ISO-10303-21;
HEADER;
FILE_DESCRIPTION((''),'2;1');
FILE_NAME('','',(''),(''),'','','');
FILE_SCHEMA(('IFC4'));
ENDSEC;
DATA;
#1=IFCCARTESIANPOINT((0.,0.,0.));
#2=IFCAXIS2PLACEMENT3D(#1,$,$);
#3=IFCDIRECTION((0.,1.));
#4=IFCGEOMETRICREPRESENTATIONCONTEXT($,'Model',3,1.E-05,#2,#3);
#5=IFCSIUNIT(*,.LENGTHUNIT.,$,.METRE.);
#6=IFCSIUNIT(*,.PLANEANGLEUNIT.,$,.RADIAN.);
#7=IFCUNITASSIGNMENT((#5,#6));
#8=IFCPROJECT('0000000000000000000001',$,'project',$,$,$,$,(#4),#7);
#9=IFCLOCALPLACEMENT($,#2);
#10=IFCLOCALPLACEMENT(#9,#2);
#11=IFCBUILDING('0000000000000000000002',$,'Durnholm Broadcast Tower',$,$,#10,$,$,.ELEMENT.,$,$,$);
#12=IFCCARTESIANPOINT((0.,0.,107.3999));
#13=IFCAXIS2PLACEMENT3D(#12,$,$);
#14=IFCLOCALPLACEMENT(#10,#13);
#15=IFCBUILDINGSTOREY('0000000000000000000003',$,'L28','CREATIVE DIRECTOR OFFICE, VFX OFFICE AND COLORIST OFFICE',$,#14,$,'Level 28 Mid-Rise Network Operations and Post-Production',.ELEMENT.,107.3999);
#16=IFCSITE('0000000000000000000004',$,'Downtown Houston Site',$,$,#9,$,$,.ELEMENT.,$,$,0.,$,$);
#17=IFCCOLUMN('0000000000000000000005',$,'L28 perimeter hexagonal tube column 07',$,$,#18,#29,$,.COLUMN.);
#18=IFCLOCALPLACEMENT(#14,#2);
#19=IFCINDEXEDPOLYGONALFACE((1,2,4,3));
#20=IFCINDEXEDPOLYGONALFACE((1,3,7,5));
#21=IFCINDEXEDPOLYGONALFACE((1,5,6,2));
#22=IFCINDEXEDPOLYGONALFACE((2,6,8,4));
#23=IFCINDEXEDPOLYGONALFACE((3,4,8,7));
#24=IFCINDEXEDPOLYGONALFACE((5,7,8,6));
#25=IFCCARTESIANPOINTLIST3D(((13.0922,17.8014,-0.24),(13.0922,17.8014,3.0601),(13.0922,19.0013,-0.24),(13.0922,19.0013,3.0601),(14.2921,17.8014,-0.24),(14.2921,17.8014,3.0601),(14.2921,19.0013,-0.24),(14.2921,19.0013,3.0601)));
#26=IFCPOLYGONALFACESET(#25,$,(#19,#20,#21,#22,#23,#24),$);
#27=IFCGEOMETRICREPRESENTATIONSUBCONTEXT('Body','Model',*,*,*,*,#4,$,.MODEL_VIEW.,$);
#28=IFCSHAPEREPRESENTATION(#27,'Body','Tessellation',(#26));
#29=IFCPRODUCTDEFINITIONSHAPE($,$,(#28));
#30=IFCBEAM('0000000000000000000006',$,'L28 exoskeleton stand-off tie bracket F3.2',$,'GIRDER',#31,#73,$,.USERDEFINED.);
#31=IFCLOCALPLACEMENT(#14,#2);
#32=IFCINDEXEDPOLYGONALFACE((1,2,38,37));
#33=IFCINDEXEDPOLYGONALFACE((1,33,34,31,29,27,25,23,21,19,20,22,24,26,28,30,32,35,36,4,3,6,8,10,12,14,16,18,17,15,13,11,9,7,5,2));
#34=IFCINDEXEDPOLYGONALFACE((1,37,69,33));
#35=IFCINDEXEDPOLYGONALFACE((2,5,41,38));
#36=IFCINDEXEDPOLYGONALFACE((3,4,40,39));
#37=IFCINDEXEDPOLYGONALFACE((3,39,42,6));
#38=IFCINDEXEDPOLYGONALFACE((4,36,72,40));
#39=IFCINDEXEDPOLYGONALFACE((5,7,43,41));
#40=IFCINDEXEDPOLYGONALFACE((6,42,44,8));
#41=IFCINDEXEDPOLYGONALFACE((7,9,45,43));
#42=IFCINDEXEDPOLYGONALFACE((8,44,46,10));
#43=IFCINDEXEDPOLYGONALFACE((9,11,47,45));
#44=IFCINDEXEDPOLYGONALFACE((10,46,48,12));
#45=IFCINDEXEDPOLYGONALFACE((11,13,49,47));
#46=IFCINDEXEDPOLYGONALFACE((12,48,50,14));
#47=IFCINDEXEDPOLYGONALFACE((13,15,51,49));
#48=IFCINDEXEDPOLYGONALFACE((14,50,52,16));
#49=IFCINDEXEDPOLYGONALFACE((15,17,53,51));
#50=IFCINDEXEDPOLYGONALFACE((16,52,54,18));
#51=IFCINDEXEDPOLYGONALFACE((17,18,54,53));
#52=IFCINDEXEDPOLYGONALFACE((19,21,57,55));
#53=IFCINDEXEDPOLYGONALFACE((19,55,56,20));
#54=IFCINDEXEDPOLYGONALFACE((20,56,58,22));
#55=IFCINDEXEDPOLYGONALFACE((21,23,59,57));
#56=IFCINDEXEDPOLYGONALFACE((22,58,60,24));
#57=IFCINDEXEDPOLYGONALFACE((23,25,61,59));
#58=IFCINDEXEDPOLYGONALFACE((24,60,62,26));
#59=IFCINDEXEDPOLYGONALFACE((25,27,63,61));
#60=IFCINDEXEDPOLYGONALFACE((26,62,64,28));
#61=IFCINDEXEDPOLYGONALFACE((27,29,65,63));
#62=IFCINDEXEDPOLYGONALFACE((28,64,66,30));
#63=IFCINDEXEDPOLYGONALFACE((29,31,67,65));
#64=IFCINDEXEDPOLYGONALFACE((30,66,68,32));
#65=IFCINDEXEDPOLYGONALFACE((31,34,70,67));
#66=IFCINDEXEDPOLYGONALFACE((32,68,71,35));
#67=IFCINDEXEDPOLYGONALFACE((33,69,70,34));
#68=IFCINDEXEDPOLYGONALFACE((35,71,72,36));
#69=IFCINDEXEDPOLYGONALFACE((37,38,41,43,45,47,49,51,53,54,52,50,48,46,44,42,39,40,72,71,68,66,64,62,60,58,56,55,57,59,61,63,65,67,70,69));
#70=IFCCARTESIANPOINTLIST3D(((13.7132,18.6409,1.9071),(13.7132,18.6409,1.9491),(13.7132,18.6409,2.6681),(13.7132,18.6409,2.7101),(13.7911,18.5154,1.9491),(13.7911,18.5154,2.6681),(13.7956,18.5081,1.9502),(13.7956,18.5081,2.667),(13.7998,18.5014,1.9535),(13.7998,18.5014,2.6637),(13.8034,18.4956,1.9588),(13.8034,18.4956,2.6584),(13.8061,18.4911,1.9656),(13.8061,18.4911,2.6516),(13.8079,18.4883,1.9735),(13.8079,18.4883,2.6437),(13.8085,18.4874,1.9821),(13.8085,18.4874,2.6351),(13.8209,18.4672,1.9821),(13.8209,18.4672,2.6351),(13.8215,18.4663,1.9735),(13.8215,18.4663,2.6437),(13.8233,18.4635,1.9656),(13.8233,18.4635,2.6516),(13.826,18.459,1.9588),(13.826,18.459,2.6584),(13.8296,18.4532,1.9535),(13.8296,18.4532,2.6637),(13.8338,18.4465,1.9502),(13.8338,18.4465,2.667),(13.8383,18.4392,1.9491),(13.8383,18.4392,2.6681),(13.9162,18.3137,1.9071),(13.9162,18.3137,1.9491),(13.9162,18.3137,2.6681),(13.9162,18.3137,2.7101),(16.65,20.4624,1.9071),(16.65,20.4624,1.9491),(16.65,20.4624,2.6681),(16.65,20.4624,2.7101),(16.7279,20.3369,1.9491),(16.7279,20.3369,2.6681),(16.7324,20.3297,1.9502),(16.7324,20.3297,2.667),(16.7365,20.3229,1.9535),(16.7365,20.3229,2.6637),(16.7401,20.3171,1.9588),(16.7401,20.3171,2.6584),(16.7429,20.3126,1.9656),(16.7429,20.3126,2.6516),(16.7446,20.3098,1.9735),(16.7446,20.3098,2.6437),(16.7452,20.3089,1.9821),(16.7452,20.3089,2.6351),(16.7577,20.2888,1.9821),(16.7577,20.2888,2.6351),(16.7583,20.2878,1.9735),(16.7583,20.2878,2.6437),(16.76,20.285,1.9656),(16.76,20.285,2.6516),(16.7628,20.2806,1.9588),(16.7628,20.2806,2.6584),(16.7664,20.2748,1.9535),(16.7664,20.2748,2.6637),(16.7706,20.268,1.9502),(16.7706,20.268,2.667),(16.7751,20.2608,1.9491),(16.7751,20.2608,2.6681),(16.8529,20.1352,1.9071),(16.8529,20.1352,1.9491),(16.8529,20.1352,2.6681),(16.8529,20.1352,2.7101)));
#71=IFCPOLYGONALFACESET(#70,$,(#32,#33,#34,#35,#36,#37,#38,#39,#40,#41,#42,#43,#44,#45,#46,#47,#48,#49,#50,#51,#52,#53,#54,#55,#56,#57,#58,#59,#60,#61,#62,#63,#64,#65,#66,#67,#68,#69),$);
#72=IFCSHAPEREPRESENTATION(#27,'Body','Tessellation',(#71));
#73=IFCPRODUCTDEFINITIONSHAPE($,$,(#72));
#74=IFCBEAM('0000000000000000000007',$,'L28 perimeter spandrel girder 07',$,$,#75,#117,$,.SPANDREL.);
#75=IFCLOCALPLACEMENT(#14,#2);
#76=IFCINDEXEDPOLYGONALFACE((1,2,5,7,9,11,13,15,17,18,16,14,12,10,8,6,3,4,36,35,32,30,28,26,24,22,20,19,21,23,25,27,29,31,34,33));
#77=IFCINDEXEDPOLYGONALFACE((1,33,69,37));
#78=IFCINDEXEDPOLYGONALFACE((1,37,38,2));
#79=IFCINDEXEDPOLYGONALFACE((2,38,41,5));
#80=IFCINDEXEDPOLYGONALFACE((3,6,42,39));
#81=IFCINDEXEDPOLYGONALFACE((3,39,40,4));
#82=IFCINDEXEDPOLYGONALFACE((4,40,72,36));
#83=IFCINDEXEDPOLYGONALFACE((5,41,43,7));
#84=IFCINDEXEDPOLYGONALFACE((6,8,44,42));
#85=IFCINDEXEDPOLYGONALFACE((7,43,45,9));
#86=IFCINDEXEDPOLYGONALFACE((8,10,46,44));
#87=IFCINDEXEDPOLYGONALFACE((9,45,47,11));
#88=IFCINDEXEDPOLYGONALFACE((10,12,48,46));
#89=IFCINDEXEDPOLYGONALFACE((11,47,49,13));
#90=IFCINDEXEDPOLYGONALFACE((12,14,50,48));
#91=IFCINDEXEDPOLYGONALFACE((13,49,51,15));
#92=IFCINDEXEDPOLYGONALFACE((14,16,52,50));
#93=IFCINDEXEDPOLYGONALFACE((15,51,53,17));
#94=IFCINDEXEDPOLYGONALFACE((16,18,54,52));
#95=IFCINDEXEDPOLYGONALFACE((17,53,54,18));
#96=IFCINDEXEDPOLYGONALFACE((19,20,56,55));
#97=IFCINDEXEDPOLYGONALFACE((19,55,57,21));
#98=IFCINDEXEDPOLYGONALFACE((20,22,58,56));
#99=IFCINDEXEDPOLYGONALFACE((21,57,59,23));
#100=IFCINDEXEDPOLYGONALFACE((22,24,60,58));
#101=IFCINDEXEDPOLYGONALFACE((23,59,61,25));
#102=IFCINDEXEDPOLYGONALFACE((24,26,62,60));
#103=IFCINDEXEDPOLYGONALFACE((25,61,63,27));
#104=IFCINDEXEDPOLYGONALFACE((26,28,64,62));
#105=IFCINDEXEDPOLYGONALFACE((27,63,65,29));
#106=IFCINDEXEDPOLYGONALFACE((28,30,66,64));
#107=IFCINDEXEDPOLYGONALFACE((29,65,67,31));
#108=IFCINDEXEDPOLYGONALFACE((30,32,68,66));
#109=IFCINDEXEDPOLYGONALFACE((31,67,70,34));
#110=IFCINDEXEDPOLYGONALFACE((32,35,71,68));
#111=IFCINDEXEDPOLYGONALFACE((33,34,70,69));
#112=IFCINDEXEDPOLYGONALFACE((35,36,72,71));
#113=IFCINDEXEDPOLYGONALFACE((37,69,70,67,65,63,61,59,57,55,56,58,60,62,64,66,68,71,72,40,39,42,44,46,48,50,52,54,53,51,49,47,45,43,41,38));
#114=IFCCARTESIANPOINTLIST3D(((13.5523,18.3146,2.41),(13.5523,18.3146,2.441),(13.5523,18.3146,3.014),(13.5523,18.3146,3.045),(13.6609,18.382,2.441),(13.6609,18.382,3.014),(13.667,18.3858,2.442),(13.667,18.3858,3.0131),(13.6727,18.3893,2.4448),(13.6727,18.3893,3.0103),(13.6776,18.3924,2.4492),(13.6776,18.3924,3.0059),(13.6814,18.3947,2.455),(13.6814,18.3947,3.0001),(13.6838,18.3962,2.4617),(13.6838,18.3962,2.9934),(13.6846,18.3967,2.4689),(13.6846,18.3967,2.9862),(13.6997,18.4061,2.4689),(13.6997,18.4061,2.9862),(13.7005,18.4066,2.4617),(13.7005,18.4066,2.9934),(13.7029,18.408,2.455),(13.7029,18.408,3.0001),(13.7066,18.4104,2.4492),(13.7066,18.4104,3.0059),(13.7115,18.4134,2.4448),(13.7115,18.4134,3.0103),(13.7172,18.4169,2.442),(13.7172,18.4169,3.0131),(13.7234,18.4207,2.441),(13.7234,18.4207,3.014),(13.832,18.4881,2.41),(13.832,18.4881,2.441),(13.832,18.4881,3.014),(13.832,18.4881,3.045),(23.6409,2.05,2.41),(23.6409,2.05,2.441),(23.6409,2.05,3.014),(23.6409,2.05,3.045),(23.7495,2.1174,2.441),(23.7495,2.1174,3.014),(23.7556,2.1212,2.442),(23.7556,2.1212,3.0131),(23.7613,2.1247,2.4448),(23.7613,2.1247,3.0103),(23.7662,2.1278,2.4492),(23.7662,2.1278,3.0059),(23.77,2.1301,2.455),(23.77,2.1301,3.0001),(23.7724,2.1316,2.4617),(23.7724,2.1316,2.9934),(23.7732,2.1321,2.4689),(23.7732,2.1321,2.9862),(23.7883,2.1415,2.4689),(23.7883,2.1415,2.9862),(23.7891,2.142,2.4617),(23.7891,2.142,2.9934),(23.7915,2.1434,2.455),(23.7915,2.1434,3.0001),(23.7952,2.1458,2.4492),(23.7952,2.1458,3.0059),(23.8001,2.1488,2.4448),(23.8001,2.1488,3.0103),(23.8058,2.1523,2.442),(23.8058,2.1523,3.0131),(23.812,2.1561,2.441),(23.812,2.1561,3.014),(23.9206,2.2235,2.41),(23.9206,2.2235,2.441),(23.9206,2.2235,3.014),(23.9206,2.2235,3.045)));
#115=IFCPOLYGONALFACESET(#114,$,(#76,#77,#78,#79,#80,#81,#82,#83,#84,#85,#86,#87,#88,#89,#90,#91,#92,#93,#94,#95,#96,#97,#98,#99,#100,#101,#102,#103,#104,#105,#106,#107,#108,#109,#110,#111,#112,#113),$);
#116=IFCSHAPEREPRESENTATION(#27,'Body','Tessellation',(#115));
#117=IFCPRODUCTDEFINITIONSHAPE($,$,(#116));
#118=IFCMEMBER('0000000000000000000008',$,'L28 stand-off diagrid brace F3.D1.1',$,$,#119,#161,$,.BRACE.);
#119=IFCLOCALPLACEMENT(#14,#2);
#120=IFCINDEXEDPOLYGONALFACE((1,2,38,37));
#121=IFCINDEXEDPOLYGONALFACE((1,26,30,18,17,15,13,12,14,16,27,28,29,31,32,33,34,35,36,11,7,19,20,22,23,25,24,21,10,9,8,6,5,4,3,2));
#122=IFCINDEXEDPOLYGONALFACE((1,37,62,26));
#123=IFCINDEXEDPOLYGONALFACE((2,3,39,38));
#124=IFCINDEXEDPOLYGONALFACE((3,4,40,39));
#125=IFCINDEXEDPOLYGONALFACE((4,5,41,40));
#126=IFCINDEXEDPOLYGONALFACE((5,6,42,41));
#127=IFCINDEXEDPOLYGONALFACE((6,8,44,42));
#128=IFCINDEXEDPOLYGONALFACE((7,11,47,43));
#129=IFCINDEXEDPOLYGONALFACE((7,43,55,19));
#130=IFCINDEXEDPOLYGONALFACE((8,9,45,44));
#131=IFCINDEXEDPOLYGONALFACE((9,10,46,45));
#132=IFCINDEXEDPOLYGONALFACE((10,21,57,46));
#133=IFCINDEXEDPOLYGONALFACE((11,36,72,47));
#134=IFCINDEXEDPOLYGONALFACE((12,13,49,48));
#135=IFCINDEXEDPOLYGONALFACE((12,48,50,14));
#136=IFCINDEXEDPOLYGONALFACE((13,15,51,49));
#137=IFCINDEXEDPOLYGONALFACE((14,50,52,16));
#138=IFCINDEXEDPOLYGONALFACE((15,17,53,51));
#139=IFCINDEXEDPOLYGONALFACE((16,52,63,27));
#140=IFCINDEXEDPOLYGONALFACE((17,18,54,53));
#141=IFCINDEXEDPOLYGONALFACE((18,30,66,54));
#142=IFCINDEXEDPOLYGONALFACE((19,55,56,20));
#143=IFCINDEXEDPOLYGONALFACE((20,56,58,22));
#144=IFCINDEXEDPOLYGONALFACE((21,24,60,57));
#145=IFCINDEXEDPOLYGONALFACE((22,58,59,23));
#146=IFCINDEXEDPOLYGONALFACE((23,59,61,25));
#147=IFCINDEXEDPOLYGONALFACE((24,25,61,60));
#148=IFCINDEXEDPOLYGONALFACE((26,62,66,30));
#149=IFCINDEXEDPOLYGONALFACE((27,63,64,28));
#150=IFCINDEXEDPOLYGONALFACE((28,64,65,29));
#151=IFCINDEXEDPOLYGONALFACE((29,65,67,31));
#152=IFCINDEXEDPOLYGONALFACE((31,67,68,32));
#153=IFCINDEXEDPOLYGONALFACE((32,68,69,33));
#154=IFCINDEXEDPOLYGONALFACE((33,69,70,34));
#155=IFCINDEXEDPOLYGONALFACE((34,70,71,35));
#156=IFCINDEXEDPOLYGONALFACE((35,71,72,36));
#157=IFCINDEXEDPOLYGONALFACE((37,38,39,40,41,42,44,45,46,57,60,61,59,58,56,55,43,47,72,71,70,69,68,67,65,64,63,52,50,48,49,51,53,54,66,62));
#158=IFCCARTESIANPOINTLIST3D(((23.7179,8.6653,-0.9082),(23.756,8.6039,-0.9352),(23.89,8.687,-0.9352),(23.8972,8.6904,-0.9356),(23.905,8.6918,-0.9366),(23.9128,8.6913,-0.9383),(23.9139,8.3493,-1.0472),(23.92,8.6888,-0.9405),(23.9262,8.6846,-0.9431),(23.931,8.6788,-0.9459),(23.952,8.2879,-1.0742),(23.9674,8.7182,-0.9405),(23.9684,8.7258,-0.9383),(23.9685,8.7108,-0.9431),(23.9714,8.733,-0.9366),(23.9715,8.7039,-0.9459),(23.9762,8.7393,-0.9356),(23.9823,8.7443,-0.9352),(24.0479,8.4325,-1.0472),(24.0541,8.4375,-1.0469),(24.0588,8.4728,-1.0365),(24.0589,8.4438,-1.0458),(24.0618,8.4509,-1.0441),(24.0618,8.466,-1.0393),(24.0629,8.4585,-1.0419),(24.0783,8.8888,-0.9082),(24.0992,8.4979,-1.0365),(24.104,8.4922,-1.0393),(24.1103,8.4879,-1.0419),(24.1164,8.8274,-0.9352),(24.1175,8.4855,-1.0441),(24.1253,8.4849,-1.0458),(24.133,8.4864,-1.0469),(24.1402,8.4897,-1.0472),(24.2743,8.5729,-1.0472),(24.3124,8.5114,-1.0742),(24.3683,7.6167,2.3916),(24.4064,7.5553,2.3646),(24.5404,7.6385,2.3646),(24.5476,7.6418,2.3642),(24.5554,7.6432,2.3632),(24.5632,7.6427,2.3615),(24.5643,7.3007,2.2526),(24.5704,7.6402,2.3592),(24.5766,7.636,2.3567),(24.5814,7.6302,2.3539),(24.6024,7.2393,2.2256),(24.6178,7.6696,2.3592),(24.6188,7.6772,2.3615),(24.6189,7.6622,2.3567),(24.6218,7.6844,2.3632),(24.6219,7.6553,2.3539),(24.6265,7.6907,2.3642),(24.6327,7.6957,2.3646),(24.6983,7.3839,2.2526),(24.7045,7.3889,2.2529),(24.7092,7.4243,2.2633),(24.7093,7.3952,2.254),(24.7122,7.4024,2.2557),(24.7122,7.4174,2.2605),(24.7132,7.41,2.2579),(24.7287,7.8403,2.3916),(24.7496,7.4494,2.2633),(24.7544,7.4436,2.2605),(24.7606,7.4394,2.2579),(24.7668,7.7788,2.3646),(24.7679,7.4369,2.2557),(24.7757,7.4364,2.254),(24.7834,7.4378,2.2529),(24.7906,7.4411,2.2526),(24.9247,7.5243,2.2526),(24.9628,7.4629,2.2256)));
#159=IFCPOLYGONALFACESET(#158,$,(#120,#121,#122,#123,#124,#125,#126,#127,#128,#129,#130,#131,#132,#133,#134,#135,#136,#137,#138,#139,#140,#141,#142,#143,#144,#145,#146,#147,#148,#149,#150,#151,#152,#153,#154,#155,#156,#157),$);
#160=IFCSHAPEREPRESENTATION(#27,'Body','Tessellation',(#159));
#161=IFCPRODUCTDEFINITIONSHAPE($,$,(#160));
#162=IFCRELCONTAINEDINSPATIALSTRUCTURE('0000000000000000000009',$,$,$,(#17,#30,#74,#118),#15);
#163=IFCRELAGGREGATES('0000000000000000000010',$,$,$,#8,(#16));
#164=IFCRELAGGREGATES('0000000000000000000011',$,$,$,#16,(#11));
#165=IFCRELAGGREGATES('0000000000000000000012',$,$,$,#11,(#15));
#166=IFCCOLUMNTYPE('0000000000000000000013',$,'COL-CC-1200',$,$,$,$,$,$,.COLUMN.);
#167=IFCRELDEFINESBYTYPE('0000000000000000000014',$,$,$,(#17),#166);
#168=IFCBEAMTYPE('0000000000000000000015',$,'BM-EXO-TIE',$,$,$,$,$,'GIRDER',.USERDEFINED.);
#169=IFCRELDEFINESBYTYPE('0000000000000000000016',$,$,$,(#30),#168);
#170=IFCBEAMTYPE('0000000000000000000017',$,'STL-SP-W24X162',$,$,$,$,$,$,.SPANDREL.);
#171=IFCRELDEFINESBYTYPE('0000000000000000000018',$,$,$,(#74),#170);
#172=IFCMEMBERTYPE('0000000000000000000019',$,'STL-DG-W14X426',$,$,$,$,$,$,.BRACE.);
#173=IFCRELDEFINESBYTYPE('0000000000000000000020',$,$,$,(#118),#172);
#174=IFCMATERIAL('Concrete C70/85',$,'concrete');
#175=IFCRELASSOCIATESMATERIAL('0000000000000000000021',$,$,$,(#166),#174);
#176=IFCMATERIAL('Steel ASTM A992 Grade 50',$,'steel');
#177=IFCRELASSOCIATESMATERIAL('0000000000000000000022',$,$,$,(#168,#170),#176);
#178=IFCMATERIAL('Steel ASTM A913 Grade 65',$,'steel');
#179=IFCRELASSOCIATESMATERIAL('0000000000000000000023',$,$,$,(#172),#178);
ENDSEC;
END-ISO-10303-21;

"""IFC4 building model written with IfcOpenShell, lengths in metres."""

from ifc_helpers import new_model, si_unit, direction, frame, origin, origin_2d, place, context, subcontext, project, spatial, rectangle, i_section, extrude, source, transform, mapped, material, material_profile, profile_set, type_object, type_shapes, element, save


model = new_model("IFC4")

# Units and contexts
model_context = context("Model", 3, precision=1e-05, world=origin(), true_north=direction((0.0, 1.0)))
body_context = subcontext(model_context, "Body", "Model", "MODEL_VIEW")
ifc_project = project(units=[si_unit("LENGTHUNIT", "METRE"), si_unit("PLANEANGLEUNIT", "RADIAN")], contexts=[model_context])

# Site, building, storey
site_placement = place(None, origin())
site = spatial("IfcSite", under=ifc_project, at=site_placement, Name="Downtown Houston Site", CompositionType="ELEMENT", RefElevation=0.0)
building_placement = place(site_placement, origin())
building = spatial("IfcBuilding", under=site, at=building_placement, Name="Durnholm Broadcast Tower", CompositionType="ELEMENT")
storey_placement = place(building_placement, frame((0.0, 0.0, 107.3999)))
storey = spatial("IfcBuildingStorey", under=building, at=storey_placement, Name="L28", Description="CREATIVE DIRECTOR OFFICE, VFX OFFICE AND COLORIST OFFICE", LongName="Level 28 Mid-Rise Network Operations and Post-Production", CompositionType="ELEMENT", Elevation=107.3999)

# Column
ifc_material_1 = material(Name="Concrete C70/85", Category="concrete")
ifc_material_profile_1 = material_profile(ifc_material_1, rectangle(XDim=1.2, YDim=1.2, at=origin_2d()), Name="RC1200X1200")
ifc_profile_set_1 = profile_set([ifc_material_profile_1], Name="Concrete C70/85")
column_type = type_object("IfcColumnType", Name="COL-CC-1200", PredefinedType="COLUMN", material=ifc_profile_set_1)
shared_shape_1 = source(origin(), body_context, "Body", "SweptSolid", [
    extrude(rectangle(XDim=1.2, YDim=1.2, at=origin_2d()), origin(), (0.0, 0.0, 1.0), 3.3),
])
type_shapes(column_type, [shared_shape_1])
column_placement = place(storey_placement, frame((13.6921, 18.4014, -0.24), z_axis=(0.0, 0.0, 1.0), x_axis=(1.0, 0.0, 0.0)))
element("IfcColumn", 1, at=column_placement, inside=storey, type_object=column_type, Name="L28 perimeter hexagonal tube column 07", PredefinedType="COLUMN", context=body_context, shape_type="MappedRepresentation", body=[
    mapped(shared_shape_1, transform((0.0, 0.0, 0.0), x_axis=(1.0, 0.0, 0.0), y_axis=(0.0, 1.0, 0.0), z_axis=(0.0, 0.0, 1.0), scale=1.0)),
])

# Beams
ifc_material_2 = material(Name="Steel ASTM A992 Grade 50", Category="steel")
ifc_material_profile_2 = material_profile(ifc_material_2, i_section(OverallWidth=0.385, OverallDepth=0.803, WebThickness=0.0237, FlangeThickness=0.042, FilletRadius=0.033, at=origin_2d()), Name="W30X261")
ifc_profile_set_2 = profile_set([ifc_material_profile_2], Name="Steel ASTM A992 Grade 50")
beam_type_1 = type_object("IfcBeamType", Name="BM-EXO-TIE", ElementType="GIRDER", PredefinedType="USERDEFINED", material=ifc_profile_set_2)
shared_shape_2 = source(origin(), body_context, "Body", "SweptSolid", [
    extrude(i_section(OverallWidth=0.385, OverallDepth=0.803, WebThickness=0.0237, FlangeThickness=0.042, FilletRadius=0.033, at=origin_2d()), origin(), (0.0, 0.0, 1.0), 3.4558),
])
type_shapes(beam_type_1, [shared_shape_2])
beam_1_placement = place(storey_placement, frame((13.8147, 18.4773, 2.3086), z_axis=(0.849807, 0.527094, 0.0), x_axis=(-0.527094, 0.849807, 0.0)))
element("IfcBeam", 2, at=beam_1_placement, inside=storey, type_object=beam_type_1, Name="L28 exoskeleton stand-off tie bracket F3.2", ObjectType="GIRDER", PredefinedType="USERDEFINED", context=body_context, shape_type="MappedRepresentation", body=[
    mapped(shared_shape_2, transform((0.0, 0.0, 0.0), x_axis=(1.0, 0.0, 0.0), y_axis=(0.0, 1.0, 0.0), z_axis=(0.0, 0.0, 1.0), scale=1.0)),
])
ifc_material_profile_3 = material_profile(ifc_material_2, i_section(OverallWidth=0.3291, OverallDepth=0.635, WebThickness=0.0178, FlangeThickness=0.031, FilletRadius=0.0278, at=origin_2d()), Name="W24X162")
ifc_profile_set_3 = profile_set([ifc_material_profile_3], Name="Steel ASTM A992 Grade 50")
beam_type_2 = type_object("IfcBeamType", Name="STL-SP-W24X162", PredefinedType="SPANDREL", material=ifc_profile_set_3)
shared_shape_3 = source(origin(), body_context, "Body", "SweptSolid", [
    extrude(i_section(OverallWidth=0.3291, OverallDepth=0.635, WebThickness=0.0178, FlangeThickness=0.031, FilletRadius=0.0278, at=origin_2d()), origin(), (0.0, 0.0, 1.0), 19.1394),
])
type_shapes(beam_type_2, [shared_shape_3])
beam_2_placement = place(storey_placement, frame((13.6921, 18.4014, 2.7275), z_axis=(0.527111, -0.849796, 0.0), x_axis=(0.849796, 0.527111, 0.0)))
element("IfcBeam", 3, at=beam_2_placement, inside=storey, type_object=beam_type_2, Name="L28 perimeter spandrel girder 07", PredefinedType="SPANDREL", context=body_context, shape_type="MappedRepresentation", body=[
    mapped(shared_shape_3, transform((0.0, 0.0, 0.0), x_axis=(1.0, 0.0, 0.0), y_axis=(0.0, 1.0, 0.0), z_axis=(0.0, 0.0, 1.0), scale=1.0)),
])

# Member
ifc_material_3 = material(Name="Steel ASTM A913 Grade 65", Category="steel")
ifc_material_profile_4 = material_profile(ifc_material_3, i_section(OverallWidth=0.4241, OverallDepth=0.4741, WebThickness=0.0476, FlangeThickness=0.0771, FilletRadius=0.0305, at=origin_2d()), Name="W14X426")
ifc_profile_set_4 = profile_set([ifc_material_profile_4], Name="Steel ASTM A913 Grade 65")
member_type_1 = type_object("IfcMemberType", Name="STL-DG-W14X426", PredefinedType="BRACE", material=ifc_profile_set_4)
shared_shape_4 = source(origin(), body_context, "Body", "SweptSolid", [
    extrude(i_section(OverallWidth=0.4241, OverallDepth=0.4741, WebThickness=0.0476, FlangeThickness=0.0771, FilletRadius=0.0305, at=origin_2d()), origin(), (0.0, 0.0, 1.0), 3.5229),
])
type_shapes(member_type_1, [shared_shape_4])
for number, where, z_axis, x_axis, name in (
    (4, (24.0151, 8.5884, -0.9912), (0.184615, -0.297643, 0.936657), (0.849805, 0.527097, 0.0), "L28 stand-off diagrid brace F3.D1.1"),
):
    element("IfcMember", number, at=place(storey_placement, frame(where, z_axis=z_axis, x_axis=x_axis)), inside=storey, type_object=member_type_1, Name=name, PredefinedType="BRACE", context=body_context, shape_type="MappedRepresentation", body=[
        mapped(shared_shape_4, transform((0.0, 0.0, 0.0), x_axis=(1.0, 0.0, 0.0), y_axis=(0.0, 1.0, 0.0), z_axis=(0.0, 0.0, 1.0), scale=1.0)),
    ])

save(model, "model.ifc")
